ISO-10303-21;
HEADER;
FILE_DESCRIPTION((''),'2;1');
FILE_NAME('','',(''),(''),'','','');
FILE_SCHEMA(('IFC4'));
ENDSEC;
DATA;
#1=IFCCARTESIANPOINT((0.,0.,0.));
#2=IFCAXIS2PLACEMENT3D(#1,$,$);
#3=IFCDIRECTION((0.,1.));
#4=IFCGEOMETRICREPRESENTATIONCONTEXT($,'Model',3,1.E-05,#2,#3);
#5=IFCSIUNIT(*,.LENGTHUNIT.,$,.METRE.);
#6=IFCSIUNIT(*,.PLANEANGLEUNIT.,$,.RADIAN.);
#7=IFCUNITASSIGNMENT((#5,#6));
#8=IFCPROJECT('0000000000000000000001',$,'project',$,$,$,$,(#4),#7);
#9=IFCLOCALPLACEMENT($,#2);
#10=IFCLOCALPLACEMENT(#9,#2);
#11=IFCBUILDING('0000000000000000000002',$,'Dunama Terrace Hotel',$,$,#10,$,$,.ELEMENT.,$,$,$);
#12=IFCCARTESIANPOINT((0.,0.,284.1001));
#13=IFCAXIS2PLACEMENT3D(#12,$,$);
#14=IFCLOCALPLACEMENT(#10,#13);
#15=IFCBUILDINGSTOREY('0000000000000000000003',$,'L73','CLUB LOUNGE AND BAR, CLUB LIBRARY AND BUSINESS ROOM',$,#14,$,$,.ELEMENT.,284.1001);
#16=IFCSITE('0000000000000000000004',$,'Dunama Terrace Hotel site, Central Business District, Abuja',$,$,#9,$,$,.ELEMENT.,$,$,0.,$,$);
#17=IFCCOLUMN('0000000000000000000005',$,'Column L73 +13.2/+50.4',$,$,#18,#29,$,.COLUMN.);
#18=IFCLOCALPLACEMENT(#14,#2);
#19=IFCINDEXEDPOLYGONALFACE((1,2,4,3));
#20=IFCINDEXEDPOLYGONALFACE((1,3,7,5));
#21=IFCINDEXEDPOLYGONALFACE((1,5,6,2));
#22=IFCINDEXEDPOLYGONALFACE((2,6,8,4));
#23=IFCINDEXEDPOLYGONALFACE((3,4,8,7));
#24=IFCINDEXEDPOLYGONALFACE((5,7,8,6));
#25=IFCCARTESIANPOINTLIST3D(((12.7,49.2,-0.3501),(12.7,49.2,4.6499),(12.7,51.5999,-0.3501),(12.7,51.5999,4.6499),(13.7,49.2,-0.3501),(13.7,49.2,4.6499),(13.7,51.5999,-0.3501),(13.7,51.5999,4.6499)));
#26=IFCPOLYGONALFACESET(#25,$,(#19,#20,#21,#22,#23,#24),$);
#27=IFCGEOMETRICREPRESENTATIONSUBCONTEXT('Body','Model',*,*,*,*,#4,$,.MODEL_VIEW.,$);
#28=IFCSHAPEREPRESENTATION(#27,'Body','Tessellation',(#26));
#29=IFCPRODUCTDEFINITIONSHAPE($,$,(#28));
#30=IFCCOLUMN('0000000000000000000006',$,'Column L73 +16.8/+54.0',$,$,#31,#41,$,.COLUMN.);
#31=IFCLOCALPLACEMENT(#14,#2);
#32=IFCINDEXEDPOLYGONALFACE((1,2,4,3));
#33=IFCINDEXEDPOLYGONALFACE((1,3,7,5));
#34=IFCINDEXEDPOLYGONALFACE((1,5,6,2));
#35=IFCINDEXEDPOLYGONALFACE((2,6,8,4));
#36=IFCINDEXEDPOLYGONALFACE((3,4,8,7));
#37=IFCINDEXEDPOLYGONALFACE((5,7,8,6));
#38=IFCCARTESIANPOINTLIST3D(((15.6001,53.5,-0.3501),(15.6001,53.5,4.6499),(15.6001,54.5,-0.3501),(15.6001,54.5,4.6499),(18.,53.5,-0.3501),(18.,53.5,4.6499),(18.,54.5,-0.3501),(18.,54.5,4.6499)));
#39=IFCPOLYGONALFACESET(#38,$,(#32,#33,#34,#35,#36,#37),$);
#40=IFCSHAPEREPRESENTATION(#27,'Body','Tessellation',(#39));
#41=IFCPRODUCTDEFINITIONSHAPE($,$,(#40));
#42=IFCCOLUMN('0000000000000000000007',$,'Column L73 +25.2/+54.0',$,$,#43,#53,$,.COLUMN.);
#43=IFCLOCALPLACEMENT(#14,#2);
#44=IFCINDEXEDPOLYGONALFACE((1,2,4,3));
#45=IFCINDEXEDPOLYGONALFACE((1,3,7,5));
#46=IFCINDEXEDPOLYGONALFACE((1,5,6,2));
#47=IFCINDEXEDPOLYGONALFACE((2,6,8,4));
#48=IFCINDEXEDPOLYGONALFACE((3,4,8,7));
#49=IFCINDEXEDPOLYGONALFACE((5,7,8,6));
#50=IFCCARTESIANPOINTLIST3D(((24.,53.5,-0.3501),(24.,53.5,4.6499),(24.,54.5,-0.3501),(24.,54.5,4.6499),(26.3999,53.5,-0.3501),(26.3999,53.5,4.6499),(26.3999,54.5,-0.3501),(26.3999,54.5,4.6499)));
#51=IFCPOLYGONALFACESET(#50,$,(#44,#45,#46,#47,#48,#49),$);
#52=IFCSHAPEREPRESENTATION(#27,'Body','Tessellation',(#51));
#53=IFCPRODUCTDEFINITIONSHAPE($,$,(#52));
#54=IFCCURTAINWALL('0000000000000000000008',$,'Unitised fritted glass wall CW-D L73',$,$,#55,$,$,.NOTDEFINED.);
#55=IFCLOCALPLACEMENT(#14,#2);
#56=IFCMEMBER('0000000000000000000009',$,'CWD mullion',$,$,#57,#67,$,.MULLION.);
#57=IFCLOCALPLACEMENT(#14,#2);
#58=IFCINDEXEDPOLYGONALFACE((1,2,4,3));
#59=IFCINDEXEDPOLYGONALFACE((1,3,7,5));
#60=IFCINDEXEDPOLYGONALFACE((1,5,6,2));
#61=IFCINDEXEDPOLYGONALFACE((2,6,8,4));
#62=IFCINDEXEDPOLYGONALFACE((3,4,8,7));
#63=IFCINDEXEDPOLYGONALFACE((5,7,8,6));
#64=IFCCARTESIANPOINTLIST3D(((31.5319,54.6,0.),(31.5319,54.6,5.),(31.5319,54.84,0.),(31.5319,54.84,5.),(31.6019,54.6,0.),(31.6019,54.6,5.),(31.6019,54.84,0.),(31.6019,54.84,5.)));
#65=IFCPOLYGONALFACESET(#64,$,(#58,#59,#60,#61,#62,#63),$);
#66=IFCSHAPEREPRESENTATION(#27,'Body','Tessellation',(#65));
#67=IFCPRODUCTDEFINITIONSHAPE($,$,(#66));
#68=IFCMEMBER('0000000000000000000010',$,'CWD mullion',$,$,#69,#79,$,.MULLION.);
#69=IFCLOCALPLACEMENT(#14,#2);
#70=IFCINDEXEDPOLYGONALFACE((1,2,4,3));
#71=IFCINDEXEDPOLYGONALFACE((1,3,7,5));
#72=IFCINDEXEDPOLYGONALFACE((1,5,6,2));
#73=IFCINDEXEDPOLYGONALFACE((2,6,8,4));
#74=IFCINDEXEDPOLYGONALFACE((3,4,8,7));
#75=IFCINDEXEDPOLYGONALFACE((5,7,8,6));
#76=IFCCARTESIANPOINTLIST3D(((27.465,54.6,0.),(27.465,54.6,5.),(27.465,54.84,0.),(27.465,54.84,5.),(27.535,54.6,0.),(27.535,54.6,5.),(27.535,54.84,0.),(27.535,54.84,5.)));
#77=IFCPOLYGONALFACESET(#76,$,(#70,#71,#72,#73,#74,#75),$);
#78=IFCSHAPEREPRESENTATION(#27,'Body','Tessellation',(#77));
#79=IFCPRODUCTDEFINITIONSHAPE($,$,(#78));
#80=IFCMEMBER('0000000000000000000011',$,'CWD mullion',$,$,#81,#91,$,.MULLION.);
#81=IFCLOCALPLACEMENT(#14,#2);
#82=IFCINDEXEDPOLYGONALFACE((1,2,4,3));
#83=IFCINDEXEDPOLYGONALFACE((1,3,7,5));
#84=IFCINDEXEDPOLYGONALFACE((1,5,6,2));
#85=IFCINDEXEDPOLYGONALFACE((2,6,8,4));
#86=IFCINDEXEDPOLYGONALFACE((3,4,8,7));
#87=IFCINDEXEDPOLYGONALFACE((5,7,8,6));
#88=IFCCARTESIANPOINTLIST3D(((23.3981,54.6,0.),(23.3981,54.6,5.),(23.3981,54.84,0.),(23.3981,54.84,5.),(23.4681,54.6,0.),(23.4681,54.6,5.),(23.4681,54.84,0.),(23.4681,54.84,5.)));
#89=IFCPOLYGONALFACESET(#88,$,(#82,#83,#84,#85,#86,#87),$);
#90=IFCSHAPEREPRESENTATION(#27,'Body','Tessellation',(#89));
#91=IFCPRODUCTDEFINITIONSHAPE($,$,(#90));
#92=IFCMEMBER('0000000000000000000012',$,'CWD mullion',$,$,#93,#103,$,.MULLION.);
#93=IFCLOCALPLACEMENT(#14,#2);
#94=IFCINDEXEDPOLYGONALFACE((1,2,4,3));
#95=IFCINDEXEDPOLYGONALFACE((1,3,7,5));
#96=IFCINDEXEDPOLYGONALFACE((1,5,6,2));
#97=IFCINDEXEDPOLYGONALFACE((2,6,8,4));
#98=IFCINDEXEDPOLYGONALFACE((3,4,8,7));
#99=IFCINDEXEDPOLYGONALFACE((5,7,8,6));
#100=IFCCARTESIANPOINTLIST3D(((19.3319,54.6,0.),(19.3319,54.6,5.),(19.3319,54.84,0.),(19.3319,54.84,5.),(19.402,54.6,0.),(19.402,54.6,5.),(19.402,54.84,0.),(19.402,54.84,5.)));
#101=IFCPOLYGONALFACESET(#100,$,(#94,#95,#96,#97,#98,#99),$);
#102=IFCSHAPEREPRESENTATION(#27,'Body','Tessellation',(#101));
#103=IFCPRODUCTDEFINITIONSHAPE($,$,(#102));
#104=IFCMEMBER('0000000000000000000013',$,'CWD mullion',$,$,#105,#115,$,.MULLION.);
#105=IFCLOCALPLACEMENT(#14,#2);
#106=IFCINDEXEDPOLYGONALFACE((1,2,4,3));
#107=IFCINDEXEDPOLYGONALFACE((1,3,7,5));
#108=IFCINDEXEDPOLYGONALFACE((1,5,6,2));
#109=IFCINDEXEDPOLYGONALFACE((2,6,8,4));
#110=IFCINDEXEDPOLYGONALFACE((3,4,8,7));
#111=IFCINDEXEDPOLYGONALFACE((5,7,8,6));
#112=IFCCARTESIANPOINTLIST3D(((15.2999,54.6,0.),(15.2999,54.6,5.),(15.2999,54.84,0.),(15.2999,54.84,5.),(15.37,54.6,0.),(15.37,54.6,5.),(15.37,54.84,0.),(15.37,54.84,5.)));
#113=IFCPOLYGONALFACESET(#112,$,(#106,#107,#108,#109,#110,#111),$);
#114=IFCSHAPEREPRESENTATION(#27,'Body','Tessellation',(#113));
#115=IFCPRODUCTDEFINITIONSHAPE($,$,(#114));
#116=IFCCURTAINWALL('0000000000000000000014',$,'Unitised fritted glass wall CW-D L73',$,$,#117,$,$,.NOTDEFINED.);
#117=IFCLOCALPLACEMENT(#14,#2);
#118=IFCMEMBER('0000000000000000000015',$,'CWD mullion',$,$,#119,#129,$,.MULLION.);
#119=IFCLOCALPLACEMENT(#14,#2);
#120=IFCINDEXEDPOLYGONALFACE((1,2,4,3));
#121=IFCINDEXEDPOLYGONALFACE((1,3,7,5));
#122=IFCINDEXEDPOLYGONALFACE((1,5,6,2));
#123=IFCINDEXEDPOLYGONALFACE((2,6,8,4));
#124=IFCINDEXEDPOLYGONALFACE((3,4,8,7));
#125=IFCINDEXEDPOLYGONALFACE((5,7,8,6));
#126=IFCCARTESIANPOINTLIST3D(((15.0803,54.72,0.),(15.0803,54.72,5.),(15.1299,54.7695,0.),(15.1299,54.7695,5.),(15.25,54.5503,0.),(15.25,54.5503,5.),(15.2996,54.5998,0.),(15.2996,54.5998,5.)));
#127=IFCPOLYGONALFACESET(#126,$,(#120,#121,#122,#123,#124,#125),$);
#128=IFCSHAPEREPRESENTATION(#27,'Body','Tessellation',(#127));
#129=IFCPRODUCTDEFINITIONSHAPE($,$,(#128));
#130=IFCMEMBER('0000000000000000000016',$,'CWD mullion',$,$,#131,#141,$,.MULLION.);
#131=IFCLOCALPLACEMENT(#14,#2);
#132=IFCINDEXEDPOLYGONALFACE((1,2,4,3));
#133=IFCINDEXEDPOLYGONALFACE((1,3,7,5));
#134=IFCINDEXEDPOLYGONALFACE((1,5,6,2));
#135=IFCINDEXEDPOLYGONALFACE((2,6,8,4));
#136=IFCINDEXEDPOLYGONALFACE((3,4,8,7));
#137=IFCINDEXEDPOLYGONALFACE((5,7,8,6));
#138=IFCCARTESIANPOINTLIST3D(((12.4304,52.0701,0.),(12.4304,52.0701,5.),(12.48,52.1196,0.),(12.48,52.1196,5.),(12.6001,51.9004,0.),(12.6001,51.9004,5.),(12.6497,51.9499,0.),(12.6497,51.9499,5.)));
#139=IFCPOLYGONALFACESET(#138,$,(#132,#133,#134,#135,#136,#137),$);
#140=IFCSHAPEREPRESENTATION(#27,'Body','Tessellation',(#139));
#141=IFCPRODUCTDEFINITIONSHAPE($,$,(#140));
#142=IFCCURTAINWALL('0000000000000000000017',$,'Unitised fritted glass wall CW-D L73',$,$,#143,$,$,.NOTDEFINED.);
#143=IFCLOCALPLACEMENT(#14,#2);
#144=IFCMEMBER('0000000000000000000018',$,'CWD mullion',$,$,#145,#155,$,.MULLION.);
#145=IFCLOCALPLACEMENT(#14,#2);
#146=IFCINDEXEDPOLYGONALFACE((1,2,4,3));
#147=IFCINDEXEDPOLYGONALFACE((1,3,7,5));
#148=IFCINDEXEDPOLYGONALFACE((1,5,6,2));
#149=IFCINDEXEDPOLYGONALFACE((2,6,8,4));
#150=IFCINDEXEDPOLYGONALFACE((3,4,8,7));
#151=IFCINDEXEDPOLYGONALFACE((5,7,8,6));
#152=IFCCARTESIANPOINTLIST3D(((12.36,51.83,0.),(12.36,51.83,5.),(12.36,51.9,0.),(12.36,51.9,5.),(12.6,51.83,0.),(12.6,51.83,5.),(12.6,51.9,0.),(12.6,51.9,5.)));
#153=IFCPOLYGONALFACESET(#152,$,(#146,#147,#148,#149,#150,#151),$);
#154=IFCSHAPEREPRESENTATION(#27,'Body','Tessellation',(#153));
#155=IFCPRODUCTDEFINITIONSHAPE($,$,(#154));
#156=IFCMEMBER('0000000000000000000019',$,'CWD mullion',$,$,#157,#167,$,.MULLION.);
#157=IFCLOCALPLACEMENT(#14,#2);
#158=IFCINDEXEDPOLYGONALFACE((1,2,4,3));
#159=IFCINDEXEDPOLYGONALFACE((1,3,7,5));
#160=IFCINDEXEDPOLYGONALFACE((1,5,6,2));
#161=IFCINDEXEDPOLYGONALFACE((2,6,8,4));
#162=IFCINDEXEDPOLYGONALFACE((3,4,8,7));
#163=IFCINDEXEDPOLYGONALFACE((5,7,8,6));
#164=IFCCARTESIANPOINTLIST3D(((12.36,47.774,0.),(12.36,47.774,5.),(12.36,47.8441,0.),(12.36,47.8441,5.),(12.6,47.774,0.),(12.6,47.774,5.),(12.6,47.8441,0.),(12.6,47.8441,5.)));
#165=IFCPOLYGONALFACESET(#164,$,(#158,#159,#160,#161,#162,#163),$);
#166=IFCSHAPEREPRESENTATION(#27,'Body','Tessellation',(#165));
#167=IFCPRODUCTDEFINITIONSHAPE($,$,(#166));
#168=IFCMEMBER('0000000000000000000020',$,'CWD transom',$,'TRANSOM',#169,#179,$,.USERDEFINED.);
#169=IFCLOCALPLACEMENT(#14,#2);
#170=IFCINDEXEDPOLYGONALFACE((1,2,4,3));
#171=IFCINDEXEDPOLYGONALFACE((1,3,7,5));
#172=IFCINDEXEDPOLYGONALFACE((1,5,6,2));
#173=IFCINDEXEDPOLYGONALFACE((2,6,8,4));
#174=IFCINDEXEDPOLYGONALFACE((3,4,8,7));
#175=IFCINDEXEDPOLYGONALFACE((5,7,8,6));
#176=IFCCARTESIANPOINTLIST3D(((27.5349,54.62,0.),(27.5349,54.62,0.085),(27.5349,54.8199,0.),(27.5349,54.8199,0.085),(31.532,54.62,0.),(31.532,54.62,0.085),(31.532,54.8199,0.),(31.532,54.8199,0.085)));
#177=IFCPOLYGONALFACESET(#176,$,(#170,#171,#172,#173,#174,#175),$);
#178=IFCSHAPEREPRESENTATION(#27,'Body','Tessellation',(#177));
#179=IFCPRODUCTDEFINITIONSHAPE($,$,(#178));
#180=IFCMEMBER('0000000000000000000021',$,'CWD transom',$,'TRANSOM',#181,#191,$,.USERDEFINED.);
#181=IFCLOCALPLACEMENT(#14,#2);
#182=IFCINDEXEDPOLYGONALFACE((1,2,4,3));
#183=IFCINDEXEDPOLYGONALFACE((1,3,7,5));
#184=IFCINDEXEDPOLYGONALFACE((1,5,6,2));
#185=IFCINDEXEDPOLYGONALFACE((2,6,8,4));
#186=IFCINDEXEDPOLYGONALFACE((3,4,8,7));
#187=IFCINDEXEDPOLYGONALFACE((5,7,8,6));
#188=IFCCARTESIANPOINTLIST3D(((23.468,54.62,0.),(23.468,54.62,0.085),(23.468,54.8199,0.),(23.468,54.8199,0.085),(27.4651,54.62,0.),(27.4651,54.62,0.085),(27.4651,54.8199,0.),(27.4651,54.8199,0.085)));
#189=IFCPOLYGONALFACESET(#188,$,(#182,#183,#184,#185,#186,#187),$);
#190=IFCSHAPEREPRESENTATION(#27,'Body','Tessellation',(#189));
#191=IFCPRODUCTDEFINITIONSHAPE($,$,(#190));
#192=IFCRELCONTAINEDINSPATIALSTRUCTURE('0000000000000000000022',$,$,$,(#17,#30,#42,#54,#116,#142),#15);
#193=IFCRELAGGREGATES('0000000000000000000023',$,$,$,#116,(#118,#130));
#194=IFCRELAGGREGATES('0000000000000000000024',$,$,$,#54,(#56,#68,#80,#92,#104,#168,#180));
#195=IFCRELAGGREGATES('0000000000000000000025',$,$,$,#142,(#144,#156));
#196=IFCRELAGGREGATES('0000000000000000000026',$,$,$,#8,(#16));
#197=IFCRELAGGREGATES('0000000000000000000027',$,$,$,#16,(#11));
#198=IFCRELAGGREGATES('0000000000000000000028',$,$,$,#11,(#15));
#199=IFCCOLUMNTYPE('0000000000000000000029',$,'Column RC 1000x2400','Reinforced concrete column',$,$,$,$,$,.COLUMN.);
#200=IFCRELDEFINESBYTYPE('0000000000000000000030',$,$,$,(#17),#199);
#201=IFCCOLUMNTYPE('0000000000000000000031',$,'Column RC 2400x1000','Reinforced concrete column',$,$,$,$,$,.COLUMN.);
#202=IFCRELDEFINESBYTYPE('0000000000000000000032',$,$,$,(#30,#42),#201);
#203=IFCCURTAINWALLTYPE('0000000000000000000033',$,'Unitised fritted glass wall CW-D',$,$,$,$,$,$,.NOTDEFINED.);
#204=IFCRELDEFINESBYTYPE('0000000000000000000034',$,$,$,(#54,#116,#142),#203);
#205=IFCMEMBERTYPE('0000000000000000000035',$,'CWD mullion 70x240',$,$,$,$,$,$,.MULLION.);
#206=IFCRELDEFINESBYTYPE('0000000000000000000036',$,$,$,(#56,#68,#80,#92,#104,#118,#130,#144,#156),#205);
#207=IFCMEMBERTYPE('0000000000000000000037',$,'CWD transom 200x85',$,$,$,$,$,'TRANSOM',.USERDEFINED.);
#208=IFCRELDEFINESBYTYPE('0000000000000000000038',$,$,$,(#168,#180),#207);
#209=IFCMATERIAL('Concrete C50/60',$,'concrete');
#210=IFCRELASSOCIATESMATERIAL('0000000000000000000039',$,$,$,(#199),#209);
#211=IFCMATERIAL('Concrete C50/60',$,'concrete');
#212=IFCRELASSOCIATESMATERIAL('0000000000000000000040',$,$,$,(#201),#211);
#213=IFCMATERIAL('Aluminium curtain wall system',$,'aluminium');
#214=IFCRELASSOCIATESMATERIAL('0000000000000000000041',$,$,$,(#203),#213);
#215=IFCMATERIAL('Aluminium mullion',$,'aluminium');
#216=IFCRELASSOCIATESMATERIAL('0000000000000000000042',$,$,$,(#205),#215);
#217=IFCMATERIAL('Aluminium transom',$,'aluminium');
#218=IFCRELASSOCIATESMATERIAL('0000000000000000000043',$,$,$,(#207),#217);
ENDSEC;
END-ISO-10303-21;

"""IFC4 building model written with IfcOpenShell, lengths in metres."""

from ifc_helpers import new_model, si_unit, direction, frame, origin, origin_2d, place, context, subcontext, project, spatial, rectangle, extrude, material, material_profile, profile_set, type_object, element, aggregate, save


model = new_model("IFC4")

# Units and contexts
model_context = context("Model", 3, precision=1e-05, world=origin(), true_north=direction((0.0, 1.0)))
body_context = subcontext(model_context, "Body", "Model", "MODEL_VIEW")
ifc_project = project(units=[si_unit("LENGTHUNIT", "METRE"), si_unit("PLANEANGLEUNIT", "RADIAN")], contexts=[model_context])

# Site, building, storey
site_placement = place(None, origin())
site = spatial("IfcSite", under=ifc_project, at=site_placement, Name="Dunama Terrace Hotel site, Central Business District, Abuja", CompositionType="ELEMENT", RefElevation=0.0)
building_placement = place(site_placement, origin())
building = spatial("IfcBuilding", under=site, at=building_placement, Name="Dunama Terrace Hotel", CompositionType="ELEMENT")
storey_placement = place(building_placement, frame((0.0, 0.0, 284.1001)))
storey = spatial("IfcBuildingStorey", under=building, at=storey_placement, Name="L73", Description="CLUB LOUNGE AND BAR, CLUB LIBRARY AND BUSINESS ROOM", CompositionType="ELEMENT", Elevation=284.1001)

# Columns
ifc_material_1 = material(Name="Concrete C50/60", Category="concrete")
ifc_material_profile_1 = material_profile(ifc_material_1, rectangle(XDim=1.0, YDim=2.3999, at=origin_2d()), Name="RC 1000x2400")
ifc_profile_set_1 = profile_set([ifc_material_profile_1], Name="Concrete C50/60")
column_type_1 = type_object("IfcColumnType", Name="Column RC 1000x2400", Description="Reinforced concrete column", PredefinedType="COLUMN", material=ifc_profile_set_1)
column_placement = place(storey_placement, frame((13.2, 50.3999, -0.3501), z_axis=(0.0, 0.0, 1.0), x_axis=(1.0, 0.0, 0.0)))
element("IfcColumn", 1, at=column_placement, inside=storey, type_object=column_type_1, Name="Column L73 +13.2/+50.4", PredefinedType="COLUMN", context=body_context, shape_type="SweptSolid", body=[
    extrude(rectangle(XDim=1.0, YDim=2.3999, at=origin_2d()), origin(), (0.0, 0.0, 1.0), 5.0),
])
ifc_material_2 = material(Name="Concrete C50/60", Category="concrete")
ifc_material_profile_2 = material_profile(ifc_material_2, rectangle(XDim=2.3999, YDim=1.0, at=origin_2d()), Name="RC 2400x1000")
ifc_profile_set_2 = profile_set([ifc_material_profile_2], Name="Concrete C50/60")
column_type_2 = type_object("IfcColumnType", Name="Column RC 2400x1000", Description="Reinforced concrete column", PredefinedType="COLUMN", material=ifc_profile_set_2)
for number, where, z_axis, x_axis, name in (
    (2, (16.8, 54.0, -0.3501), (0.0, 0.0, 1.0), (1.0, 0.0, 0.0), "Column L73 +16.8/+54.0"),
    (3, (25.2, 54.0, -0.3501), (0.0, 0.0, 1.0), (1.0, 0.0, 0.0), "Column L73 +25.2/+54.0"),
):
    element("IfcColumn", number, at=place(storey_placement, frame(where, z_axis=z_axis, x_axis=x_axis)), inside=storey, type_object=column_type_2, Name=name, PredefinedType="COLUMN", context=body_context, shape_type="SweptSolid", body=[
        extrude(rectangle(XDim=2.3999, YDim=1.0, at=origin_2d()), origin(), (0.0, 0.0, 1.0), 5.0),
    ])

# Curtain walls, members
ifc_material_3 = material(Name="Aluminium curtain wall system", Category="aluminium")
curtain_wall_type = type_object("IfcCurtainWallType", Name="Unitised fritted glass wall CW-D", PredefinedType="NOTDEFINED", material=ifc_material_3)
curtain_wall_1_placement = place(storey_placement, origin())
curtain_wall_1 = element("IfcCurtainWall", 4, at=curtain_wall_1_placement, inside=storey, type_object=curtain_wall_type, Name="Unitised fritted glass wall CW-D L73", PredefinedType="NOTDEFINED")
ifc_material_4 = material(Name="Aluminium mullion", Category="aluminium")
ifc_material_profile_3 = material_profile(ifc_material_4, rectangle(XDim=0.0701, YDim=0.24, at=origin_2d()), Name="CWD MULLION 70X240")
ifc_profile_set_3 = profile_set([ifc_material_profile_3], Name="Aluminium mullion")
member_type_1 = type_object("IfcMemberType", Name="CWD mullion 70x240", PredefinedType="MULLION", material=ifc_profile_set_3)
member_1_placement = place(storey_placement, frame((31.5669, 54.72, 0.0), z_axis=(0.0, 0.0, 1.0), x_axis=(-1.0, 0.0, 0.0)))
member_1 = element("IfcMember", 5, at=member_1_placement, type_object=member_type_1, Name="CWD mullion", PredefinedType="MULLION", context=body_context, shape_type="SweptSolid", body=[
    extrude(rectangle(XDim=0.0701, YDim=0.24, at=origin_2d()), origin(), (0.0, 0.0, 1.0), 5.0),
])
member_2_placement = place(storey_placement, frame((27.5, 54.72, 0.0), z_axis=(0.0, 0.0, 1.0), x_axis=(-1.0, 0.0, 0.0)))
member_2 = element("IfcMember", 6, at=member_2_placement, type_object=member_type_1, Name="CWD mullion", PredefinedType="MULLION", context=body_context, shape_type="SweptSolid", body=[
    extrude(rectangle(XDim=0.0701, YDim=0.24, at=origin_2d()), origin(), (0.0, 0.0, 1.0), 5.0),
])
member_3_placement = place(storey_placement, frame((23.4331, 54.72, 0.0), z_axis=(0.0, 0.0, 1.0), x_axis=(-1.0, 0.0, 0.0)))
member_3 = element("IfcMember", 7, at=member_3_placement, type_object=member_type_1, Name="CWD mullion", PredefinedType="MULLION", context=body_context, shape_type="SweptSolid", body=[
    extrude(rectangle(XDim=0.0701, YDim=0.24, at=origin_2d()), origin(), (0.0, 0.0, 1.0), 5.0),
])
member_4_placement = place(storey_placement, frame((19.3669, 54.72, 0.0), z_axis=(0.0, 0.0, 1.0), x_axis=(-1.0, 0.0, 0.0)))
member_4 = element("IfcMember", 8, at=member_4_placement, type_object=member_type_1, Name="CWD mullion", PredefinedType="MULLION", context=body_context, shape_type="SweptSolid", body=[
    extrude(rectangle(XDim=0.0701, YDim=0.24, at=origin_2d()), origin(), (0.0, 0.0, 1.0), 5.0),
])
member_5_placement = place(storey_placement, frame((15.335, 54.72, 0.0), z_axis=(0.0, 0.0, 1.0), x_axis=(-1.0, 0.0, 0.0)))
member_5 = element("IfcMember", 9, at=member_5_placement, type_object=member_type_1, Name="CWD mullion", PredefinedType="MULLION", context=body_context, shape_type="SweptSolid", body=[
    extrude(rectangle(XDim=0.0701, YDim=0.24, at=origin_2d()), origin(), (0.0, 0.0, 1.0), 5.0),
])
curtain_wall_2_placement = place(storey_placement, origin())
curtain_wall_2 = element("IfcCurtainWall", 10, at=curtain_wall_2_placement, inside=storey, type_object=curtain_wall_type, Name="Unitised fritted glass wall CW-D L73", PredefinedType="NOTDEFINED")
member_6_placement = place(storey_placement, frame((15.1899, 54.6599, 0.0), z_axis=(0.0, 0.0, 1.0), x_axis=(-0.707107, -0.707107, 0.0)))
member_6 = element("IfcMember", 11, at=member_6_placement, type_object=member_type_1, Name="CWD mullion", PredefinedType="MULLION", context=body_context, shape_type="SweptSolid", body=[
    extrude(rectangle(XDim=0.0701, YDim=0.24, at=origin_2d()), origin(), (0.0, 0.0, 1.0), 5.0),
])
member_7_placement = place(storey_placement, frame((12.54, 52.01, 0.0), z_axis=(0.0, 0.0, 1.0), x_axis=(-0.707107, -0.707107, 0.0)))
member_7 = element("IfcMember", 12, at=member_7_placement, type_object=member_type_1, Name="CWD mullion", PredefinedType="MULLION", context=body_context, shape_type="SweptSolid", body=[
    extrude(rectangle(XDim=0.0701, YDim=0.24, at=origin_2d()), origin(), (0.0, 0.0, 1.0), 5.0),
])
curtain_wall_3_placement = place(storey_placement, origin())
curtain_wall_3 = element("IfcCurtainWall", 13, at=curtain_wall_3_placement, inside=storey, type_object=curtain_wall_type, Name="Unitised fritted glass wall CW-D L73", PredefinedType="NOTDEFINED")
member_8_placement = place(storey_placement, frame((12.48, 51.865, 0.0), z_axis=(0.0, 0.0, 1.0), x_axis=(0.0, -1.0, 0.0)))
member_8 = element("IfcMember", 14, at=member_8_placement, type_object=member_type_1, Name="CWD mullion", PredefinedType="MULLION", context=body_context, shape_type="SweptSolid", body=[
    extrude(rectangle(XDim=0.0701, YDim=0.24, at=origin_2d()), origin(), (0.0, 0.0, 1.0), 5.0),
])
member_9_placement = place(storey_placement, frame((12.48, 47.8091, 0.0), z_axis=(0.0, 0.0, 1.0), x_axis=(0.0, -1.0, 0.0)))
member_9 = element("IfcMember", 15, at=member_9_placement, type_object=member_type_1, Name="CWD mullion", PredefinedType="MULLION", context=body_context, shape_type="SweptSolid", body=[
    extrude(rectangle(XDim=0.0701, YDim=0.24, at=origin_2d()), origin(), (0.0, 0.0, 1.0), 5.0),
])

# Members
ifc_material_5 = material(Name="Aluminium transom", Category="aluminium")
ifc_material_profile_4 = material_profile(ifc_material_5, rectangle(XDim=0.2, YDim=0.085, at=origin_2d()), Name="CWD TRANSOM 200X85")
ifc_profile_set_4 = profile_set([ifc_material_profile_4], Name="Aluminium transom")
member_type_2 = type_object("IfcMemberType", Name="CWD transom 200x85", ElementType="TRANSOM", PredefinedType="USERDEFINED", material=ifc_profile_set_4)
member_10_placement = place(storey_placement, frame((31.532, 54.72, 0.0425), z_axis=(-1.0, 0.0, 0.0), x_axis=(0.0, -1.0, 0.0)))
member_10 = element("IfcMember", 16, at=member_10_placement, type_object=member_type_2, Name="CWD transom", ObjectType="TRANSOM", PredefinedType="USERDEFINED", context=body_context, shape_type="SweptSolid", body=[
    extrude(rectangle(XDim=0.2, YDim=0.085, at=origin_2d()), origin(), (0.0, 0.0, 1.0), 3.9971),
])
member_11_placement = place(storey_placement, frame((27.4651, 54.72, 0.0425), z_axis=(-1.0, 0.0, 0.0), x_axis=(0.0, -1.0, 0.0)))
member_11 = element("IfcMember", 17, at=member_11_placement, type_object=member_type_2, Name="CWD transom", ObjectType="TRANSOM", PredefinedType="USERDEFINED", context=body_context, shape_type="SweptSolid", body=[
    extrude(rectangle(XDim=0.2, YDim=0.085, at=origin_2d()), origin(), (0.0, 0.0, 1.0), 3.9971),
])

aggregate(curtain_wall_2, [member_6, member_7])
aggregate(curtain_wall_1, [member_1, member_2, member_3, member_4, member_5, member_10, member_11])
aggregate(curtain_wall_3, [member_8, member_9])

save(model, "model.ifc")
